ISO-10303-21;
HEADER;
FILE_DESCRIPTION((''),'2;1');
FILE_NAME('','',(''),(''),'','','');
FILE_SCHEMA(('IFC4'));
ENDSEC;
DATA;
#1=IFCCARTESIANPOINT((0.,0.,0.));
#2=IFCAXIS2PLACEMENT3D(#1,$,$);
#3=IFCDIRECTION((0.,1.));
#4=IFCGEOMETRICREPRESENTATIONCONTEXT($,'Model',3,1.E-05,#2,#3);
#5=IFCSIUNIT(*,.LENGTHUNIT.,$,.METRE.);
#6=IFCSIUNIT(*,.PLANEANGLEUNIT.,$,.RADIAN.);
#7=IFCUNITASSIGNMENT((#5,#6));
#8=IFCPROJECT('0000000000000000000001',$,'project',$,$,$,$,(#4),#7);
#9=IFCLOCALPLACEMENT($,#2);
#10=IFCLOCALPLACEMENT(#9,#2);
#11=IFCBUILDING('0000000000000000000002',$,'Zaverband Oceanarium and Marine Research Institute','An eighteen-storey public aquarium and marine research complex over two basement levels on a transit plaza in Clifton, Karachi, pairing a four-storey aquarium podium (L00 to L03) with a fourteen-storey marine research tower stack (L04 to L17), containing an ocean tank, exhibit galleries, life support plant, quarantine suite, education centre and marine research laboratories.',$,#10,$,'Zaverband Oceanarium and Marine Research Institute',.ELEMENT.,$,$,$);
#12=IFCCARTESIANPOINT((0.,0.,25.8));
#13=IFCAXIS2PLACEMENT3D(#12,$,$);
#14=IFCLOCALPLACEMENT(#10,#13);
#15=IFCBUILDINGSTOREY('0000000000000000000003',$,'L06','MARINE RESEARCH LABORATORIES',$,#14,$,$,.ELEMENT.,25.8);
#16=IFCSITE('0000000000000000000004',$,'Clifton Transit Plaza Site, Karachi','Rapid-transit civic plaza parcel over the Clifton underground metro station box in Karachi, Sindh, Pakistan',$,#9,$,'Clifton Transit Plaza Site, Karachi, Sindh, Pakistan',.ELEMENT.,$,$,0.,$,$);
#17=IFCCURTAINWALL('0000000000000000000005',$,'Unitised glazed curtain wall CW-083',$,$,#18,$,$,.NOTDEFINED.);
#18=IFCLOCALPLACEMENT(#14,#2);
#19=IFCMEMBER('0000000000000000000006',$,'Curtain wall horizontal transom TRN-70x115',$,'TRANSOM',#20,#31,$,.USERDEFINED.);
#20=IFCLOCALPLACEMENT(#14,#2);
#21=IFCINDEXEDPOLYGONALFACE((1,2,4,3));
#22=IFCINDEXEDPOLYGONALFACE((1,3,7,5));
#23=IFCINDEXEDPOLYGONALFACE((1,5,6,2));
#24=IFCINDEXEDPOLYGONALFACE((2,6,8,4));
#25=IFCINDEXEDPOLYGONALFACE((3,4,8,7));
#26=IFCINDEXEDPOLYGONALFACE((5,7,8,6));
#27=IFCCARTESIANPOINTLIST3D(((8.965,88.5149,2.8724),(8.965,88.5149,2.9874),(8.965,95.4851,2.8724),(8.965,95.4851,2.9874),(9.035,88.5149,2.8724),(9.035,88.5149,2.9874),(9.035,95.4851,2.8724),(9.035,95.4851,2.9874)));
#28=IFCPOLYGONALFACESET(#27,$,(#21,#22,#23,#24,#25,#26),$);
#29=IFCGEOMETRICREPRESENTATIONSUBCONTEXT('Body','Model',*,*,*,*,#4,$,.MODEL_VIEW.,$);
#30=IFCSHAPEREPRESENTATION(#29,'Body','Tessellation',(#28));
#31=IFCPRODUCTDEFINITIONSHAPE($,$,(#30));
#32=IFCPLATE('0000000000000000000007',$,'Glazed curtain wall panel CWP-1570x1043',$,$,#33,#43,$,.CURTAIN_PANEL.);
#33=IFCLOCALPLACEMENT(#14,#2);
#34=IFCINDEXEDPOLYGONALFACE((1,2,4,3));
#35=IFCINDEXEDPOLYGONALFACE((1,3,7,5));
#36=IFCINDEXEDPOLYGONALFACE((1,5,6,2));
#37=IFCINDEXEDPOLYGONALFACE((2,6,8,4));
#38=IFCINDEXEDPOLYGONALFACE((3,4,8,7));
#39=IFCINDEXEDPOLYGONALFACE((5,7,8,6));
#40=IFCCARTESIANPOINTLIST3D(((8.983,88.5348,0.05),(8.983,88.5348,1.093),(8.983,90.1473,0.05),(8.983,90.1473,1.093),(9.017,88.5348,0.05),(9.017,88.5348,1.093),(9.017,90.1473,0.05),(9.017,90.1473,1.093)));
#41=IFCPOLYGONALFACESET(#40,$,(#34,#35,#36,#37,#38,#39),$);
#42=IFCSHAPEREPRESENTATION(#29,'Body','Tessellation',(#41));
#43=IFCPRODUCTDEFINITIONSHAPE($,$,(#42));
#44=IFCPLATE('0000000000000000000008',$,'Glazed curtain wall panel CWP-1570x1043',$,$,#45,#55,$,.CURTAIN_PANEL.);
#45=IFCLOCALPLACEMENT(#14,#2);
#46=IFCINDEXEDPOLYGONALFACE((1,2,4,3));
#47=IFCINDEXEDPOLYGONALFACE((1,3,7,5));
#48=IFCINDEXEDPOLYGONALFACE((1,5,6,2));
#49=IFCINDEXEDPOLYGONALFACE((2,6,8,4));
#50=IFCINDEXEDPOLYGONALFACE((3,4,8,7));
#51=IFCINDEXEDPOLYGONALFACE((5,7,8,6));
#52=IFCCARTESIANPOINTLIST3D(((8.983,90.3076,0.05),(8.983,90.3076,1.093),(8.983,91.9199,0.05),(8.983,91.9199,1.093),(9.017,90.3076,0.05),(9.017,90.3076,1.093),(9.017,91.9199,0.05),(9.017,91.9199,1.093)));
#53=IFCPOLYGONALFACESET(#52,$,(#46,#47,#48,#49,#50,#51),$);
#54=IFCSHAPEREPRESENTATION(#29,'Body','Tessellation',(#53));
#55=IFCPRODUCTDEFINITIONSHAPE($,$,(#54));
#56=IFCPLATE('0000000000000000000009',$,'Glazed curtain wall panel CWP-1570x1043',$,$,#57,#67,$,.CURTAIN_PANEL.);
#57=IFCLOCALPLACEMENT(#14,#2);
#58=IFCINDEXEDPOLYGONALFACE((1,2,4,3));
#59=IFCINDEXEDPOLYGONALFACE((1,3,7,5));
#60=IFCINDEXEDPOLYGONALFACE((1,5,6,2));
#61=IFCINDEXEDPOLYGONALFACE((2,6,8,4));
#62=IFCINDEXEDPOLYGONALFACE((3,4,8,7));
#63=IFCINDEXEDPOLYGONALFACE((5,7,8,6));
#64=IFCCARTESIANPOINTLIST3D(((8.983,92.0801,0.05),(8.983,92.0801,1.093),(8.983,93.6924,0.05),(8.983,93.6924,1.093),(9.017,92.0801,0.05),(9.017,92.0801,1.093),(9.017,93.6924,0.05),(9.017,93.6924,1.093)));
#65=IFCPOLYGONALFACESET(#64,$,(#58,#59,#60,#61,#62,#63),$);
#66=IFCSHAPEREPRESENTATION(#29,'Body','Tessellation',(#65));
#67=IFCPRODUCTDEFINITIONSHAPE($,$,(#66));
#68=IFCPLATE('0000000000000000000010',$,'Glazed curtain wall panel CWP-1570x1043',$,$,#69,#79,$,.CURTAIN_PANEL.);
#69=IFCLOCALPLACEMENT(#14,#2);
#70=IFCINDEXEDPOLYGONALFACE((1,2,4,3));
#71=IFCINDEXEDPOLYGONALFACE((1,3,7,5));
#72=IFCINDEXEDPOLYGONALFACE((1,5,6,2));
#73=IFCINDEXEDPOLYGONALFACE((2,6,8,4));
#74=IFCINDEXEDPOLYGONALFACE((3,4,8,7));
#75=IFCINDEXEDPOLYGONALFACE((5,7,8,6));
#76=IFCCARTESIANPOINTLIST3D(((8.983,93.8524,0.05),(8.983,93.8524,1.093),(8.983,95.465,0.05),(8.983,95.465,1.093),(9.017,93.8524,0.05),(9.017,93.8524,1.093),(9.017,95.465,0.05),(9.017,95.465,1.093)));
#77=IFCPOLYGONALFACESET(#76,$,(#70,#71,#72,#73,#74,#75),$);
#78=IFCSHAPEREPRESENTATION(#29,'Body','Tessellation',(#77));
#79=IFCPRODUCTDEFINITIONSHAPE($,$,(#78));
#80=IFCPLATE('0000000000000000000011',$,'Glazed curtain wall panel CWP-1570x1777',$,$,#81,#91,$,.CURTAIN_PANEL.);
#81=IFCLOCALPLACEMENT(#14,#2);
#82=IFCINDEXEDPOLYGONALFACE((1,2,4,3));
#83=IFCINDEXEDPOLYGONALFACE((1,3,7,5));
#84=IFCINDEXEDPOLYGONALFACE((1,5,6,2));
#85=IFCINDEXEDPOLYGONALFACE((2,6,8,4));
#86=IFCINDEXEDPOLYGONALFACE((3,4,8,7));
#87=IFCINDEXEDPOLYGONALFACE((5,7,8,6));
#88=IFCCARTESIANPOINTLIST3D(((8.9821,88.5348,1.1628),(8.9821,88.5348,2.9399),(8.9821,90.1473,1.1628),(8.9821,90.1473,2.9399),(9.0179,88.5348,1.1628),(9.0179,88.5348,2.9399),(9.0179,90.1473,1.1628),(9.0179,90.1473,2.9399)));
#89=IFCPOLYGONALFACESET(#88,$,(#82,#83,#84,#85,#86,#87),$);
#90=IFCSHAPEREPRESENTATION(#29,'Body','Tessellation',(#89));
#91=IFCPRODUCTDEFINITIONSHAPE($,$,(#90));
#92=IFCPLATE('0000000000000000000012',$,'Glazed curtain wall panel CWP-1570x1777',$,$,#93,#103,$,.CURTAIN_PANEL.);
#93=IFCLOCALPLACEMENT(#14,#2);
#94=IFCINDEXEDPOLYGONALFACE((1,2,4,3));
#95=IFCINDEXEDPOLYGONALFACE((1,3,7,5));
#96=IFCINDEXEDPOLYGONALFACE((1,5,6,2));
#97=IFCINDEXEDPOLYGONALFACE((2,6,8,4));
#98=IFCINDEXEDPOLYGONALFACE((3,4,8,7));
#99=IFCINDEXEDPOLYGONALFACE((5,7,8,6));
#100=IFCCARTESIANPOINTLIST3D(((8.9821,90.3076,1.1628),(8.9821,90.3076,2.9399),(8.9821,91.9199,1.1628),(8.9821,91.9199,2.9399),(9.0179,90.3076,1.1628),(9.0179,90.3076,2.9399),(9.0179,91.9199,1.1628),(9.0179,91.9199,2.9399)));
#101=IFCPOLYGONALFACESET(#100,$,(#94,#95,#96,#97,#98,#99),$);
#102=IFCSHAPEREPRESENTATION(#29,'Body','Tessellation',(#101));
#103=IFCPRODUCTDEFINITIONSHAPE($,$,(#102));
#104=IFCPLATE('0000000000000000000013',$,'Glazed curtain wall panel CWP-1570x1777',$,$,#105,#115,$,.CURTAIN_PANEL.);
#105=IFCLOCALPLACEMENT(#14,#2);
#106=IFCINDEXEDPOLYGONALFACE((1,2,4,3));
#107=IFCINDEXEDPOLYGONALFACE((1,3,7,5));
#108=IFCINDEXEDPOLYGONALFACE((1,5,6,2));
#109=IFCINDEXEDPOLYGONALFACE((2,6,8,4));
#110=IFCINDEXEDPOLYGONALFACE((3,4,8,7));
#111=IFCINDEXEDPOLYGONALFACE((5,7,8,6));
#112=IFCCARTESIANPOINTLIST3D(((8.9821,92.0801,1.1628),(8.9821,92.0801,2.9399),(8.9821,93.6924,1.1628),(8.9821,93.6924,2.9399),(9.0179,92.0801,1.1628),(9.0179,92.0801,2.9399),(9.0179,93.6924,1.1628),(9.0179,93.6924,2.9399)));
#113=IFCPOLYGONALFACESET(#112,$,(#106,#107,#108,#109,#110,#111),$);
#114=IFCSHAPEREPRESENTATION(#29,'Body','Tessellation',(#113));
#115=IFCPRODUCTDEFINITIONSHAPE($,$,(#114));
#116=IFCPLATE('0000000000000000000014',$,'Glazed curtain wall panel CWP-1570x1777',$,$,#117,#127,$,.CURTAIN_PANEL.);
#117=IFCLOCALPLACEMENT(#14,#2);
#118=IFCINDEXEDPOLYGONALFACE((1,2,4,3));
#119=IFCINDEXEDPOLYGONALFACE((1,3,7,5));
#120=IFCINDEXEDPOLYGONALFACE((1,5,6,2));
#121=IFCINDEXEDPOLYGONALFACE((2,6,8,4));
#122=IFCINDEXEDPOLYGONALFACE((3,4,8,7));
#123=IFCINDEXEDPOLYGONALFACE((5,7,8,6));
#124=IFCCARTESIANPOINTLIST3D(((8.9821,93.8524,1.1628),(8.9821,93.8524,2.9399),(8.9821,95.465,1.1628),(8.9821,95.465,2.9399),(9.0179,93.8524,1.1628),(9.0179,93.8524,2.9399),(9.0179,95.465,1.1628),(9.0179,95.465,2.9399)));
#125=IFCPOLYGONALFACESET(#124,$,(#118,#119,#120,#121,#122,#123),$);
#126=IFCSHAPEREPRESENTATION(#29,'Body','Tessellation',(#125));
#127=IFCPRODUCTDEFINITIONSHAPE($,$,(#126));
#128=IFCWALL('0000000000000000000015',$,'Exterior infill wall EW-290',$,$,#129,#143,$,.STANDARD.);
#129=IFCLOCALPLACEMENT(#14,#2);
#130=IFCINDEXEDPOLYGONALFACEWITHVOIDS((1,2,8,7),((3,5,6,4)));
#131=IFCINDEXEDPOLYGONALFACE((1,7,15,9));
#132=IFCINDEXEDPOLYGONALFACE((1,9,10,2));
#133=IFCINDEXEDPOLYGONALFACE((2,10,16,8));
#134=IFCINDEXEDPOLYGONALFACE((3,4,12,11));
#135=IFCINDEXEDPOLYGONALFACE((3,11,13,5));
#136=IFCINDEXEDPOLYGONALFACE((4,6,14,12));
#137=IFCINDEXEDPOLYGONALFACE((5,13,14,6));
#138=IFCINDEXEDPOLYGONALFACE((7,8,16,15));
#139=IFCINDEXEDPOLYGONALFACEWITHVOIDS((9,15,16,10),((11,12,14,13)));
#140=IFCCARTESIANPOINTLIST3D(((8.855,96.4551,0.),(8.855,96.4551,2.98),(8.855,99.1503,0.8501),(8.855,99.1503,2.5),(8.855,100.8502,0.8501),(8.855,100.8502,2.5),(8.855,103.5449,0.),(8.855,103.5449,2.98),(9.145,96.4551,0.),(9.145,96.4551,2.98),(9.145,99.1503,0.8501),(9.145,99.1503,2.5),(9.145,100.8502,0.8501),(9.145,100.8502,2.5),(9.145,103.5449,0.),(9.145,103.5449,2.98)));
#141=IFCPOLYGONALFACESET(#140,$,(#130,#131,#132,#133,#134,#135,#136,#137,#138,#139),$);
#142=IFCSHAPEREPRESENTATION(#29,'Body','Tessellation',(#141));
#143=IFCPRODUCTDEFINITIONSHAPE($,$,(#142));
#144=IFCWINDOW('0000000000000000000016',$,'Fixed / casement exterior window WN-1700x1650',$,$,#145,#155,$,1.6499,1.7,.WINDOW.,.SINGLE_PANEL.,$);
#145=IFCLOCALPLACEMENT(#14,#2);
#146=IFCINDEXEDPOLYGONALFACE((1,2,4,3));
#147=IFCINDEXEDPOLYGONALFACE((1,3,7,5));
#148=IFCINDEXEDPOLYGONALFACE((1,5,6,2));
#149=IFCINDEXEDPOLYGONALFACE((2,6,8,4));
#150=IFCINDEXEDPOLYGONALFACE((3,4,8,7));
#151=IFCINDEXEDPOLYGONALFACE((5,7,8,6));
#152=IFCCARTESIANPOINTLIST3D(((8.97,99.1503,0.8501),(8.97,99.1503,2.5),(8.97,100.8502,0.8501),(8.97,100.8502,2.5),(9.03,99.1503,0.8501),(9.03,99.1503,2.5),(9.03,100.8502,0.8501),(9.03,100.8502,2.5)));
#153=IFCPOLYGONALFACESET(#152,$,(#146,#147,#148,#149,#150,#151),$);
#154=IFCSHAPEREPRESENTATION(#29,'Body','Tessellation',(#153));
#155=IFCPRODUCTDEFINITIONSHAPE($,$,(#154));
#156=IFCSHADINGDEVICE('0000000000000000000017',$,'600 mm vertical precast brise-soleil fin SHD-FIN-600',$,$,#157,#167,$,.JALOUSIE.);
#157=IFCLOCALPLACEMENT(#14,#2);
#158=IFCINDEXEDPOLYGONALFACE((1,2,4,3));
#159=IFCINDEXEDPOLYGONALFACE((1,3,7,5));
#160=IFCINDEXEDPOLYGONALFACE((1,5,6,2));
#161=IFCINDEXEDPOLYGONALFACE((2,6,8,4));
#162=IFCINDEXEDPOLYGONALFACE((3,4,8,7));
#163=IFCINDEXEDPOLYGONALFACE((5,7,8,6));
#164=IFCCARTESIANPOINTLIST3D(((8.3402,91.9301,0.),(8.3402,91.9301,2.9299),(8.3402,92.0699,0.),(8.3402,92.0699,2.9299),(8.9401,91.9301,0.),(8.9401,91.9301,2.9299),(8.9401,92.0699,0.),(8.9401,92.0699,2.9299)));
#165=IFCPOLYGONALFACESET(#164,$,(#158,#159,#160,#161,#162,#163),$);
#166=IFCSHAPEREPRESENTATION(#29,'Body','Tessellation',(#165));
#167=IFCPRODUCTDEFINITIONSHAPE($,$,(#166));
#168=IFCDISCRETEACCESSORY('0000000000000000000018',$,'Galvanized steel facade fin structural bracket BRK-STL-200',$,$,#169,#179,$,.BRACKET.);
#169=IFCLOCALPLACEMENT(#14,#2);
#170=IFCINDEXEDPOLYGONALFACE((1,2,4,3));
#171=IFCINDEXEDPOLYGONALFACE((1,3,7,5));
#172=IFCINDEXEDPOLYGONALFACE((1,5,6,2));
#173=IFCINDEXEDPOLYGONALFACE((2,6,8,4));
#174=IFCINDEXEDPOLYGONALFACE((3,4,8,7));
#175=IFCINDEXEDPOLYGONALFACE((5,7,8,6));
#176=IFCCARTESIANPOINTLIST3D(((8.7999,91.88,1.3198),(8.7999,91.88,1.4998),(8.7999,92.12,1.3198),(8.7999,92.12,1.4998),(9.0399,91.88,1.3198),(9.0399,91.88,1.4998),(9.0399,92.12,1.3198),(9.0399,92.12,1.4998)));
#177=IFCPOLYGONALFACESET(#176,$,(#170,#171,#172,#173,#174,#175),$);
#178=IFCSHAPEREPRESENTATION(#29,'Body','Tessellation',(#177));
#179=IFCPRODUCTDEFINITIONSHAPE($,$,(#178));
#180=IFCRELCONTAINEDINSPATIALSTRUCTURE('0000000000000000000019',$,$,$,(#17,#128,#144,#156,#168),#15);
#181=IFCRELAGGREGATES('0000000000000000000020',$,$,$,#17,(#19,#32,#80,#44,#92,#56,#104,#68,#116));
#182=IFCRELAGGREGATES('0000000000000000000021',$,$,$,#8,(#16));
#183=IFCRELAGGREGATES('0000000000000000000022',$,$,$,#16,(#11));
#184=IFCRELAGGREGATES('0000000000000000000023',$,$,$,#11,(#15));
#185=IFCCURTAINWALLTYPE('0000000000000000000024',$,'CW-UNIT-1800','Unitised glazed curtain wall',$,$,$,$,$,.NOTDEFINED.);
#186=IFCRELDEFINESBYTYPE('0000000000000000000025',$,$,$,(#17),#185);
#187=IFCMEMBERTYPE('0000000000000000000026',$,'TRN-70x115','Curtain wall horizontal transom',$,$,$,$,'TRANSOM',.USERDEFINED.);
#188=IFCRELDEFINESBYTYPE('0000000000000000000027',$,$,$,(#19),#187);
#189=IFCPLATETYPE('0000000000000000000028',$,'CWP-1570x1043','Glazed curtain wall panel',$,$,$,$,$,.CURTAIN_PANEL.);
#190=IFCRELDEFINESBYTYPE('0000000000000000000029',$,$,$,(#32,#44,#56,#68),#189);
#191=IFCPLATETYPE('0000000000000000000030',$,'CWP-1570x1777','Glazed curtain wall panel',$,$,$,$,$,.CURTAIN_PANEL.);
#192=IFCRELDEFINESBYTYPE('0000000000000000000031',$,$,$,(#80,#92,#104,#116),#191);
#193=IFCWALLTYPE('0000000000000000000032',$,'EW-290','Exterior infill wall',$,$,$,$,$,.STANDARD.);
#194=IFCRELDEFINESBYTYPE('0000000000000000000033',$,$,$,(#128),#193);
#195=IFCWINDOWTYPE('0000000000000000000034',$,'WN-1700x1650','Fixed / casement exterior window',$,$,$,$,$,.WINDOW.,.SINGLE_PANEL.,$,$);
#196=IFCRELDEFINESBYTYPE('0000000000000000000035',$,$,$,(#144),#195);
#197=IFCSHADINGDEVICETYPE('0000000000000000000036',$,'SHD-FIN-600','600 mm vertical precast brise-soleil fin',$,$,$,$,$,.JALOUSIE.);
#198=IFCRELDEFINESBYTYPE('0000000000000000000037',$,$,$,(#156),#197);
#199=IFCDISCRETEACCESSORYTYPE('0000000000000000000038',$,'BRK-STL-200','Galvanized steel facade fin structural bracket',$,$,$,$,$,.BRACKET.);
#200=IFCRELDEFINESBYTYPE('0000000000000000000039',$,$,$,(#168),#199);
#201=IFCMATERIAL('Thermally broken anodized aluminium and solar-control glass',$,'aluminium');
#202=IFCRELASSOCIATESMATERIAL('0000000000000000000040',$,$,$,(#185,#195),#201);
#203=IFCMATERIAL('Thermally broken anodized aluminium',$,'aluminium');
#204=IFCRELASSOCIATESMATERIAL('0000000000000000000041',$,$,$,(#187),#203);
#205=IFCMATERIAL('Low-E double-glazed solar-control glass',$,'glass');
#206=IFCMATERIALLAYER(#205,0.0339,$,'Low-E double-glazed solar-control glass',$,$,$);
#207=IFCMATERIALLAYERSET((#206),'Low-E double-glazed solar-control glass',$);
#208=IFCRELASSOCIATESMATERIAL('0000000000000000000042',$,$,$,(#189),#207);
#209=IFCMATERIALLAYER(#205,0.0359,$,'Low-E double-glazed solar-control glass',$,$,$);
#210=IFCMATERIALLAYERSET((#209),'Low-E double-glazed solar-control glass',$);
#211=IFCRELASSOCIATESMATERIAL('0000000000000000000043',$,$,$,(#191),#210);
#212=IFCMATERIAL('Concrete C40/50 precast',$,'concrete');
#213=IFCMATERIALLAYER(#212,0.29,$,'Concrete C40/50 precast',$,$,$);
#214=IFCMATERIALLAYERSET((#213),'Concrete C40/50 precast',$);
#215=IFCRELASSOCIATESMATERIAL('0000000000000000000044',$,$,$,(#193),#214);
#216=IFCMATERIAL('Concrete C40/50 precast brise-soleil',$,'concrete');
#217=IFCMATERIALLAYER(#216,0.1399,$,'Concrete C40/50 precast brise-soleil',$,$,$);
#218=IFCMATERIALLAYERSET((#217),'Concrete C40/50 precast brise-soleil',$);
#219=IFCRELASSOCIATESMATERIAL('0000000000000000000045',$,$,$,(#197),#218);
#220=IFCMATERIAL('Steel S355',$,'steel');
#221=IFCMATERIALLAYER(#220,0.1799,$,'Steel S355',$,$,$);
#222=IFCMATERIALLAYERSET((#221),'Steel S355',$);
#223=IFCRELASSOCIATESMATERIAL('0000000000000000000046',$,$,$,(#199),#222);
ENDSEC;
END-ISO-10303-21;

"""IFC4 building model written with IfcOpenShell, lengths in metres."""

from ifc_helpers import new_model, si_unit, direction, frame, frame_2d, origin, origin_2d, place, context, subcontext, project, spatial, rectangle, extrude, material, layer, layer_set, material_profile, profile_set, type_object, element, fill, aggregate, save


model = new_model("IFC4")

# Units and contexts
model_context = context("Model", 3, precision=1e-05, world=origin(), true_north=direction((0.0, 1.0)))
body_context = subcontext(model_context, "Body", "Model", "MODEL_VIEW")
ifc_project = project(units=[si_unit("LENGTHUNIT", "METRE"), si_unit("PLANEANGLEUNIT", "RADIAN")], contexts=[model_context])

# Site, building, storey
site_placement = place(None, origin())
site = spatial("IfcSite", under=ifc_project, at=site_placement, Name="Clifton Transit Plaza Site, Karachi", Description="Rapid-transit civic plaza parcel over the Clifton underground metro station box in Karachi, Sindh, Pakistan", LongName="Clifton Transit Plaza Site, Karachi, Sindh, Pakistan", CompositionType="ELEMENT", RefElevation=0.0)
building_placement = place(site_placement, origin())
building = spatial("IfcBuilding", under=site, at=building_placement, Name="Zaverband Oceanarium and Marine Research Institute", Description="An eighteen-storey public aquarium and marine research complex over two basement levels on a transit plaza in Clifton, Karachi, pairing a four-storey aquarium podium (L00 to L03) with a fourteen-storey marine research tower stack (L04 to L17), containing an ocean tank, exhibit galleries, life support plant, quarantine suite, education centre and marine research laboratories.", LongName="Zaverband Oceanarium and Marine Research Institute", CompositionType="ELEMENT")
storey_placement = place(building_placement, frame((0.0, 0.0, 25.8)))
storey = spatial("IfcBuildingStorey", under=building, at=storey_placement, Name="L06", Description="MARINE RESEARCH LABORATORIES", CompositionType="ELEMENT", Elevation=25.8)

# Curtain wall
ifc_material_1 = material(Name="Thermally broken anodized aluminium and solar-control glass", Category="aluminium")
curtain_wall_type = type_object("IfcCurtainWallType", Name="CW-UNIT-1800", Description="Unitised glazed curtain wall", PredefinedType="NOTDEFINED", material=ifc_material_1)
curtain_wall_placement = place(storey_placement, origin())
curtain_wall = element("IfcCurtainWall", 1, at=curtain_wall_placement, inside=storey, type_object=curtain_wall_type, Name="Unitised glazed curtain wall CW-083", PredefinedType="NOTDEFINED")
ifc_material_2 = material(Name="Thermally broken anodized aluminium", Category="aluminium")

# Member
ifc_material_profile_1 = material_profile(ifc_material_2, rectangle(XDim=0.0701, YDim=0.115, at=origin_2d()), Name="AL-TRN-70x115")
ifc_profile_set_1 = profile_set([ifc_material_profile_1], Name="Thermally broken anodized aluminium")
member_type_1 = type_object("IfcMemberType", Name="TRN-70x115", Description="Curtain wall horizontal transom", ElementType="TRANSOM", PredefinedType="USERDEFINED", material=ifc_profile_set_1)
member_1_placement = place(storey_placement, frame((9.0, 88.5149, 2.9299), z_axis=(0.0, 1.0, 0.0), x_axis=(-1.0, 0.0, 0.0)))
member_1 = element("IfcMember", 2, at=member_1_placement, type_object=member_type_1, Name="Curtain wall horizontal transom TRN-70x115", ObjectType="TRANSOM", PredefinedType="USERDEFINED", context=body_context, shape_type="SweptSolid", body=[
    extrude(rectangle(XDim=0.0701, YDim=0.115, at=origin_2d()), origin(), (0.0, 0.0, 1.0), 6.9702),
])

# Plates
ifc_material_3 = material(Name="Low-E double-glazed solar-control glass", Category="glass")
ifc_layer_1 = layer(ifc_material_3, 0.0339, Name="Low-E double-glazed solar-control glass")
ifc_layer_set_1 = layer_set([ifc_layer_1], Name="Low-E double-glazed solar-control glass")
plate_type_1 = type_object("IfcPlateType", Name="CWP-1570x1043", Description="Glazed curtain wall panel", PredefinedType="CURTAIN_PANEL", material=ifc_layer_set_1)
plate_1_placement = place(storey_placement, frame((9.0, 88.5349, 0.05), z_axis=(0.0, 0.0, 1.0), x_axis=(0.0, 1.0, 0.0)))
plate_1 = element("IfcPlate", 3, at=plate_1_placement, type_object=plate_type_1, Name="Glazed curtain wall panel CWP-1570x1043", PredefinedType="CURTAIN_PANEL", context=body_context, shape_type="SweptSolid", body=[
    extrude(rectangle(XDim=1.6125, YDim=0.0339, at=frame_2d((0.8062, 0.0))), origin(), (0.0, 0.0, 1.0), 1.043),
])
plate_2_placement = place(storey_placement, frame((9.0, 90.3076, 0.05), z_axis=(0.0, 0.0, 1.0), x_axis=(0.0, 1.0, 0.0)))
plate_2 = element("IfcPlate", 4, at=plate_2_placement, type_object=plate_type_1, Name="Glazed curtain wall panel CWP-1570x1043", PredefinedType="CURTAIN_PANEL", context=body_context, shape_type="SweptSolid", body=[
    extrude(rectangle(XDim=1.6123, YDim=0.0339, at=frame_2d((0.8062, 0.0))), origin(), (0.0, 0.0, 1.0), 1.043),
])
plate_3_placement = place(storey_placement, frame((9.0, 92.0801, 0.05), z_axis=(0.0, 0.0, 1.0), x_axis=(0.0, 1.0, 0.0)))
plate_3 = element("IfcPlate", 5, at=plate_3_placement, type_object=plate_type_1, Name="Glazed curtain wall panel CWP-1570x1043", PredefinedType="CURTAIN_PANEL", context=body_context, shape_type="SweptSolid", body=[
    extrude(rectangle(XDim=1.6123, YDim=0.0339, at=frame_2d((0.8062, 0.0))), origin(), (0.0, 0.0, 1.0), 1.043),
])
plate_4_placement = place(storey_placement, frame((9.0, 93.8525, 0.05), z_axis=(0.0, 0.0, 1.0), x_axis=(0.0, 1.0, 0.0)))
plate_4 = element("IfcPlate", 6, at=plate_4_placement, type_object=plate_type_1, Name="Glazed curtain wall panel CWP-1570x1043", PredefinedType="CURTAIN_PANEL", context=body_context, shape_type="SweptSolid", body=[
    extrude(rectangle(XDim=1.6125, YDim=0.0339, at=frame_2d((0.8062, 0.0))), origin(), (0.0, 0.0, 1.0), 1.043),
])
ifc_layer_2 = layer(ifc_material_3, 0.0359, Name="Low-E double-glazed solar-control glass")
ifc_layer_set_2 = layer_set([ifc_layer_2], Name="Low-E double-glazed solar-control glass")
plate_type_2 = type_object("IfcPlateType", Name="CWP-1570x1777", Description="Glazed curtain wall panel", PredefinedType="CURTAIN_PANEL", material=ifc_layer_set_2)
plate_5_placement = place(storey_placement, frame((9.0, 88.5349, 1.1628), z_axis=(0.0, 0.0, 1.0), x_axis=(0.0, 1.0, 0.0)))
plate_5 = element("IfcPlate", 7, at=plate_5_placement, type_object=plate_type_2, Name="Glazed curtain wall panel CWP-1570x1777", PredefinedType="CURTAIN_PANEL", context=body_context, shape_type="SweptSolid", body=[
    extrude(rectangle(XDim=1.6125, YDim=0.0359, at=frame_2d((0.8062, 0.0))), origin(), (0.0, 0.0, 1.0), 1.7771),
])
plate_6_placement = place(storey_placement, frame((9.0, 90.3076, 1.1628), z_axis=(0.0, 0.0, 1.0), x_axis=(0.0, 1.0, 0.0)))
plate_6 = element("IfcPlate", 8, at=plate_6_placement, type_object=plate_type_2, Name="Glazed curtain wall panel CWP-1570x1777", PredefinedType="CURTAIN_PANEL", context=body_context, shape_type="SweptSolid", body=[
    extrude(rectangle(XDim=1.6123, YDim=0.0359, at=frame_2d((0.8062, 0.0))), origin(), (0.0, 0.0, 1.0), 1.7771),
])
plate_7_placement = place(storey_placement, frame((9.0, 92.0801, 1.1628), z_axis=(0.0, 0.0, 1.0), x_axis=(0.0, 1.0, 0.0)))
plate_7 = element("IfcPlate", 9, at=plate_7_placement, type_object=plate_type_2, Name="Glazed curtain wall panel CWP-1570x1777", PredefinedType="CURTAIN_PANEL", context=body_context, shape_type="SweptSolid", body=[
    extrude(rectangle(XDim=1.6123, YDim=0.0359, at=frame_2d((0.8062, 0.0))), origin(), (0.0, 0.0, 1.0), 1.7771),
])
plate_8_placement = place(storey_placement, frame((9.0, 93.8525, 1.1628), z_axis=(0.0, 0.0, 1.0), x_axis=(0.0, 1.0, 0.0)))
plate_8 = element("IfcPlate", 10, at=plate_8_placement, type_object=plate_type_2, Name="Glazed curtain wall panel CWP-1570x1777", PredefinedType="CURTAIN_PANEL", context=body_context, shape_type="SweptSolid", body=[
    extrude(rectangle(XDim=1.6125, YDim=0.0359, at=frame_2d((0.8062, 0.0))), origin(), (0.0, 0.0, 1.0), 1.7771),
])
aggregate(curtain_wall, [member_1, plate_1, plate_5, plate_2, plate_6, plate_3, plate_7, plate_4, plate_8])

# Wall, opening, window
ifc_material_4 = material(Name="Concrete C40/50 precast", Category="concrete")
ifc_layer_3 = layer(ifc_material_4, 0.29, Name="Concrete C40/50 precast")
ifc_layer_set_3 = layer_set([ifc_layer_3], Name="Concrete C40/50 precast")
wall_type = type_object("IfcWallType", Name="EW-290", Description="Exterior infill wall", PredefinedType="STANDARD", material=ifc_layer_set_3)
wall_placement = place(storey_placement, frame((9.0, 96.4551, 0.0), z_axis=(0.0, 0.0, 1.0), x_axis=(0.0, 1.0, 0.0)))
wall = element("IfcWall", 11, at=wall_placement, inside=storey, type_object=wall_type, Name="Exterior infill wall EW-290", PredefinedType="STANDARD", context=body_context, shape_type="SweptSolid", body=[
    extrude(rectangle(XDim=7.0898, YDim=0.29, at=frame_2d((3.5449, 0.0))), origin(), (0.0, 0.0, 1.0), 2.98),
])
opening_placement = place(wall_placement, frame((2.6951, 0.0, 0.8501)))
opening = element("IfcOpeningElement", 12, at=opening_placement, cuts=wall, PredefinedType="OPENING", context=body_context, shape_type="SweptSolid", body=[
    extrude(rectangle(XDim=1.7, YDim=1.6499, at=frame_2d((0.8501, 0.825))), frame((0.0, 0.157, 0.0), z_axis=(0.0, -1.0, 0.0), x_axis=(1.0, 0.0, 0.0)), (0.0, 0.0, 1.0), 0.314),
])
window_type = type_object("IfcWindowType", Name="WN-1700x1650", Description="Fixed / casement exterior window", PartitioningType="SINGLE_PANEL", PredefinedType="WINDOW", material=ifc_material_1)
window_placement = place(opening_placement, origin())
window = element("IfcWindow", 13, at=window_placement, inside=storey, type_object=window_type, Name="Fixed / casement exterior window WN-1700x1650", OverallHeight=1.6499, OverallWidth=1.7, PartitioningType="SINGLE_PANEL", PredefinedType="WINDOW", context=body_context, shape_type="SweptSolid", body=[
    extrude(rectangle(XDim=1.7, YDim=1.6499, at=frame_2d((0.8501, 0.825))), frame((0.0, 0.03, 0.0), z_axis=(0.0, -1.0, 0.0), x_axis=(1.0, 0.0, 0.0)), (0.0, 0.0, 1.0), 0.0601),
])
fill(opening, window)

# Shading device
ifc_material_5 = material(Name="Concrete C40/50 precast brise-soleil", Category="concrete")
ifc_layer_4 = layer(ifc_material_5, 0.1399, Name="Concrete C40/50 precast brise-soleil")
ifc_layer_set_4 = layer_set([ifc_layer_4], Name="Concrete C40/50 precast brise-soleil")
shading_device_type = type_object("IfcShadingDeviceType", Name="SHD-FIN-600", Description="600 mm vertical precast brise-soleil fin", PredefinedType="JALOUSIE", material=ifc_layer_set_4)
shading_device_placement = place(storey_placement, frame((8.9399, 92.0, 0.0), z_axis=(0.0, 0.0, 1.0), x_axis=(-1.0, 0.0, 0.0)))
element("IfcShadingDevice", 14, at=shading_device_placement, inside=storey, type_object=shading_device_type, Name="600 mm vertical precast brise-soleil fin SHD-FIN-600", PredefinedType="JALOUSIE", context=body_context, shape_type="SweptSolid", body=[
    extrude(rectangle(XDim=0.5999, YDim=0.1399, at=frame_2d((0.2998, 0.0))), origin(), (0.0, 0.0, 1.0), 2.9299),
])

# Discrete accessory
ifc_material_6 = material(Name="Steel S355", Category="steel")
ifc_layer_5 = layer(ifc_material_6, 0.1799, Name="Steel S355")
ifc_layer_set_5 = layer_set([ifc_layer_5], Name="Steel S355")
discrete_accessory_type = type_object("IfcDiscreteAccessoryType", Name="BRK-STL-200", Description="Galvanized steel facade fin structural bracket", PredefinedType="BRACKET", material=ifc_layer_set_5)
discrete_accessory_placement = place(storey_placement, frame((8.9199, 92.0, 1.3198), z_axis=(0.0, 0.0, 1.0), x_axis=(1.0, 0.0, 0.0)))
element("IfcDiscreteAccessory", 15, at=discrete_accessory_placement, inside=storey, type_object=discrete_accessory_type, Name="Galvanized steel facade fin structural bracket BRK-STL-200", PredefinedType="BRACKET", context=body_context, shape_type="SweptSolid", body=[
    extrude(rectangle(XDim=0.24, YDim=0.24, at=origin_2d()), origin(), (0.0, 0.0, 1.0), 0.1799),
])

save(model, "model.ifc")
